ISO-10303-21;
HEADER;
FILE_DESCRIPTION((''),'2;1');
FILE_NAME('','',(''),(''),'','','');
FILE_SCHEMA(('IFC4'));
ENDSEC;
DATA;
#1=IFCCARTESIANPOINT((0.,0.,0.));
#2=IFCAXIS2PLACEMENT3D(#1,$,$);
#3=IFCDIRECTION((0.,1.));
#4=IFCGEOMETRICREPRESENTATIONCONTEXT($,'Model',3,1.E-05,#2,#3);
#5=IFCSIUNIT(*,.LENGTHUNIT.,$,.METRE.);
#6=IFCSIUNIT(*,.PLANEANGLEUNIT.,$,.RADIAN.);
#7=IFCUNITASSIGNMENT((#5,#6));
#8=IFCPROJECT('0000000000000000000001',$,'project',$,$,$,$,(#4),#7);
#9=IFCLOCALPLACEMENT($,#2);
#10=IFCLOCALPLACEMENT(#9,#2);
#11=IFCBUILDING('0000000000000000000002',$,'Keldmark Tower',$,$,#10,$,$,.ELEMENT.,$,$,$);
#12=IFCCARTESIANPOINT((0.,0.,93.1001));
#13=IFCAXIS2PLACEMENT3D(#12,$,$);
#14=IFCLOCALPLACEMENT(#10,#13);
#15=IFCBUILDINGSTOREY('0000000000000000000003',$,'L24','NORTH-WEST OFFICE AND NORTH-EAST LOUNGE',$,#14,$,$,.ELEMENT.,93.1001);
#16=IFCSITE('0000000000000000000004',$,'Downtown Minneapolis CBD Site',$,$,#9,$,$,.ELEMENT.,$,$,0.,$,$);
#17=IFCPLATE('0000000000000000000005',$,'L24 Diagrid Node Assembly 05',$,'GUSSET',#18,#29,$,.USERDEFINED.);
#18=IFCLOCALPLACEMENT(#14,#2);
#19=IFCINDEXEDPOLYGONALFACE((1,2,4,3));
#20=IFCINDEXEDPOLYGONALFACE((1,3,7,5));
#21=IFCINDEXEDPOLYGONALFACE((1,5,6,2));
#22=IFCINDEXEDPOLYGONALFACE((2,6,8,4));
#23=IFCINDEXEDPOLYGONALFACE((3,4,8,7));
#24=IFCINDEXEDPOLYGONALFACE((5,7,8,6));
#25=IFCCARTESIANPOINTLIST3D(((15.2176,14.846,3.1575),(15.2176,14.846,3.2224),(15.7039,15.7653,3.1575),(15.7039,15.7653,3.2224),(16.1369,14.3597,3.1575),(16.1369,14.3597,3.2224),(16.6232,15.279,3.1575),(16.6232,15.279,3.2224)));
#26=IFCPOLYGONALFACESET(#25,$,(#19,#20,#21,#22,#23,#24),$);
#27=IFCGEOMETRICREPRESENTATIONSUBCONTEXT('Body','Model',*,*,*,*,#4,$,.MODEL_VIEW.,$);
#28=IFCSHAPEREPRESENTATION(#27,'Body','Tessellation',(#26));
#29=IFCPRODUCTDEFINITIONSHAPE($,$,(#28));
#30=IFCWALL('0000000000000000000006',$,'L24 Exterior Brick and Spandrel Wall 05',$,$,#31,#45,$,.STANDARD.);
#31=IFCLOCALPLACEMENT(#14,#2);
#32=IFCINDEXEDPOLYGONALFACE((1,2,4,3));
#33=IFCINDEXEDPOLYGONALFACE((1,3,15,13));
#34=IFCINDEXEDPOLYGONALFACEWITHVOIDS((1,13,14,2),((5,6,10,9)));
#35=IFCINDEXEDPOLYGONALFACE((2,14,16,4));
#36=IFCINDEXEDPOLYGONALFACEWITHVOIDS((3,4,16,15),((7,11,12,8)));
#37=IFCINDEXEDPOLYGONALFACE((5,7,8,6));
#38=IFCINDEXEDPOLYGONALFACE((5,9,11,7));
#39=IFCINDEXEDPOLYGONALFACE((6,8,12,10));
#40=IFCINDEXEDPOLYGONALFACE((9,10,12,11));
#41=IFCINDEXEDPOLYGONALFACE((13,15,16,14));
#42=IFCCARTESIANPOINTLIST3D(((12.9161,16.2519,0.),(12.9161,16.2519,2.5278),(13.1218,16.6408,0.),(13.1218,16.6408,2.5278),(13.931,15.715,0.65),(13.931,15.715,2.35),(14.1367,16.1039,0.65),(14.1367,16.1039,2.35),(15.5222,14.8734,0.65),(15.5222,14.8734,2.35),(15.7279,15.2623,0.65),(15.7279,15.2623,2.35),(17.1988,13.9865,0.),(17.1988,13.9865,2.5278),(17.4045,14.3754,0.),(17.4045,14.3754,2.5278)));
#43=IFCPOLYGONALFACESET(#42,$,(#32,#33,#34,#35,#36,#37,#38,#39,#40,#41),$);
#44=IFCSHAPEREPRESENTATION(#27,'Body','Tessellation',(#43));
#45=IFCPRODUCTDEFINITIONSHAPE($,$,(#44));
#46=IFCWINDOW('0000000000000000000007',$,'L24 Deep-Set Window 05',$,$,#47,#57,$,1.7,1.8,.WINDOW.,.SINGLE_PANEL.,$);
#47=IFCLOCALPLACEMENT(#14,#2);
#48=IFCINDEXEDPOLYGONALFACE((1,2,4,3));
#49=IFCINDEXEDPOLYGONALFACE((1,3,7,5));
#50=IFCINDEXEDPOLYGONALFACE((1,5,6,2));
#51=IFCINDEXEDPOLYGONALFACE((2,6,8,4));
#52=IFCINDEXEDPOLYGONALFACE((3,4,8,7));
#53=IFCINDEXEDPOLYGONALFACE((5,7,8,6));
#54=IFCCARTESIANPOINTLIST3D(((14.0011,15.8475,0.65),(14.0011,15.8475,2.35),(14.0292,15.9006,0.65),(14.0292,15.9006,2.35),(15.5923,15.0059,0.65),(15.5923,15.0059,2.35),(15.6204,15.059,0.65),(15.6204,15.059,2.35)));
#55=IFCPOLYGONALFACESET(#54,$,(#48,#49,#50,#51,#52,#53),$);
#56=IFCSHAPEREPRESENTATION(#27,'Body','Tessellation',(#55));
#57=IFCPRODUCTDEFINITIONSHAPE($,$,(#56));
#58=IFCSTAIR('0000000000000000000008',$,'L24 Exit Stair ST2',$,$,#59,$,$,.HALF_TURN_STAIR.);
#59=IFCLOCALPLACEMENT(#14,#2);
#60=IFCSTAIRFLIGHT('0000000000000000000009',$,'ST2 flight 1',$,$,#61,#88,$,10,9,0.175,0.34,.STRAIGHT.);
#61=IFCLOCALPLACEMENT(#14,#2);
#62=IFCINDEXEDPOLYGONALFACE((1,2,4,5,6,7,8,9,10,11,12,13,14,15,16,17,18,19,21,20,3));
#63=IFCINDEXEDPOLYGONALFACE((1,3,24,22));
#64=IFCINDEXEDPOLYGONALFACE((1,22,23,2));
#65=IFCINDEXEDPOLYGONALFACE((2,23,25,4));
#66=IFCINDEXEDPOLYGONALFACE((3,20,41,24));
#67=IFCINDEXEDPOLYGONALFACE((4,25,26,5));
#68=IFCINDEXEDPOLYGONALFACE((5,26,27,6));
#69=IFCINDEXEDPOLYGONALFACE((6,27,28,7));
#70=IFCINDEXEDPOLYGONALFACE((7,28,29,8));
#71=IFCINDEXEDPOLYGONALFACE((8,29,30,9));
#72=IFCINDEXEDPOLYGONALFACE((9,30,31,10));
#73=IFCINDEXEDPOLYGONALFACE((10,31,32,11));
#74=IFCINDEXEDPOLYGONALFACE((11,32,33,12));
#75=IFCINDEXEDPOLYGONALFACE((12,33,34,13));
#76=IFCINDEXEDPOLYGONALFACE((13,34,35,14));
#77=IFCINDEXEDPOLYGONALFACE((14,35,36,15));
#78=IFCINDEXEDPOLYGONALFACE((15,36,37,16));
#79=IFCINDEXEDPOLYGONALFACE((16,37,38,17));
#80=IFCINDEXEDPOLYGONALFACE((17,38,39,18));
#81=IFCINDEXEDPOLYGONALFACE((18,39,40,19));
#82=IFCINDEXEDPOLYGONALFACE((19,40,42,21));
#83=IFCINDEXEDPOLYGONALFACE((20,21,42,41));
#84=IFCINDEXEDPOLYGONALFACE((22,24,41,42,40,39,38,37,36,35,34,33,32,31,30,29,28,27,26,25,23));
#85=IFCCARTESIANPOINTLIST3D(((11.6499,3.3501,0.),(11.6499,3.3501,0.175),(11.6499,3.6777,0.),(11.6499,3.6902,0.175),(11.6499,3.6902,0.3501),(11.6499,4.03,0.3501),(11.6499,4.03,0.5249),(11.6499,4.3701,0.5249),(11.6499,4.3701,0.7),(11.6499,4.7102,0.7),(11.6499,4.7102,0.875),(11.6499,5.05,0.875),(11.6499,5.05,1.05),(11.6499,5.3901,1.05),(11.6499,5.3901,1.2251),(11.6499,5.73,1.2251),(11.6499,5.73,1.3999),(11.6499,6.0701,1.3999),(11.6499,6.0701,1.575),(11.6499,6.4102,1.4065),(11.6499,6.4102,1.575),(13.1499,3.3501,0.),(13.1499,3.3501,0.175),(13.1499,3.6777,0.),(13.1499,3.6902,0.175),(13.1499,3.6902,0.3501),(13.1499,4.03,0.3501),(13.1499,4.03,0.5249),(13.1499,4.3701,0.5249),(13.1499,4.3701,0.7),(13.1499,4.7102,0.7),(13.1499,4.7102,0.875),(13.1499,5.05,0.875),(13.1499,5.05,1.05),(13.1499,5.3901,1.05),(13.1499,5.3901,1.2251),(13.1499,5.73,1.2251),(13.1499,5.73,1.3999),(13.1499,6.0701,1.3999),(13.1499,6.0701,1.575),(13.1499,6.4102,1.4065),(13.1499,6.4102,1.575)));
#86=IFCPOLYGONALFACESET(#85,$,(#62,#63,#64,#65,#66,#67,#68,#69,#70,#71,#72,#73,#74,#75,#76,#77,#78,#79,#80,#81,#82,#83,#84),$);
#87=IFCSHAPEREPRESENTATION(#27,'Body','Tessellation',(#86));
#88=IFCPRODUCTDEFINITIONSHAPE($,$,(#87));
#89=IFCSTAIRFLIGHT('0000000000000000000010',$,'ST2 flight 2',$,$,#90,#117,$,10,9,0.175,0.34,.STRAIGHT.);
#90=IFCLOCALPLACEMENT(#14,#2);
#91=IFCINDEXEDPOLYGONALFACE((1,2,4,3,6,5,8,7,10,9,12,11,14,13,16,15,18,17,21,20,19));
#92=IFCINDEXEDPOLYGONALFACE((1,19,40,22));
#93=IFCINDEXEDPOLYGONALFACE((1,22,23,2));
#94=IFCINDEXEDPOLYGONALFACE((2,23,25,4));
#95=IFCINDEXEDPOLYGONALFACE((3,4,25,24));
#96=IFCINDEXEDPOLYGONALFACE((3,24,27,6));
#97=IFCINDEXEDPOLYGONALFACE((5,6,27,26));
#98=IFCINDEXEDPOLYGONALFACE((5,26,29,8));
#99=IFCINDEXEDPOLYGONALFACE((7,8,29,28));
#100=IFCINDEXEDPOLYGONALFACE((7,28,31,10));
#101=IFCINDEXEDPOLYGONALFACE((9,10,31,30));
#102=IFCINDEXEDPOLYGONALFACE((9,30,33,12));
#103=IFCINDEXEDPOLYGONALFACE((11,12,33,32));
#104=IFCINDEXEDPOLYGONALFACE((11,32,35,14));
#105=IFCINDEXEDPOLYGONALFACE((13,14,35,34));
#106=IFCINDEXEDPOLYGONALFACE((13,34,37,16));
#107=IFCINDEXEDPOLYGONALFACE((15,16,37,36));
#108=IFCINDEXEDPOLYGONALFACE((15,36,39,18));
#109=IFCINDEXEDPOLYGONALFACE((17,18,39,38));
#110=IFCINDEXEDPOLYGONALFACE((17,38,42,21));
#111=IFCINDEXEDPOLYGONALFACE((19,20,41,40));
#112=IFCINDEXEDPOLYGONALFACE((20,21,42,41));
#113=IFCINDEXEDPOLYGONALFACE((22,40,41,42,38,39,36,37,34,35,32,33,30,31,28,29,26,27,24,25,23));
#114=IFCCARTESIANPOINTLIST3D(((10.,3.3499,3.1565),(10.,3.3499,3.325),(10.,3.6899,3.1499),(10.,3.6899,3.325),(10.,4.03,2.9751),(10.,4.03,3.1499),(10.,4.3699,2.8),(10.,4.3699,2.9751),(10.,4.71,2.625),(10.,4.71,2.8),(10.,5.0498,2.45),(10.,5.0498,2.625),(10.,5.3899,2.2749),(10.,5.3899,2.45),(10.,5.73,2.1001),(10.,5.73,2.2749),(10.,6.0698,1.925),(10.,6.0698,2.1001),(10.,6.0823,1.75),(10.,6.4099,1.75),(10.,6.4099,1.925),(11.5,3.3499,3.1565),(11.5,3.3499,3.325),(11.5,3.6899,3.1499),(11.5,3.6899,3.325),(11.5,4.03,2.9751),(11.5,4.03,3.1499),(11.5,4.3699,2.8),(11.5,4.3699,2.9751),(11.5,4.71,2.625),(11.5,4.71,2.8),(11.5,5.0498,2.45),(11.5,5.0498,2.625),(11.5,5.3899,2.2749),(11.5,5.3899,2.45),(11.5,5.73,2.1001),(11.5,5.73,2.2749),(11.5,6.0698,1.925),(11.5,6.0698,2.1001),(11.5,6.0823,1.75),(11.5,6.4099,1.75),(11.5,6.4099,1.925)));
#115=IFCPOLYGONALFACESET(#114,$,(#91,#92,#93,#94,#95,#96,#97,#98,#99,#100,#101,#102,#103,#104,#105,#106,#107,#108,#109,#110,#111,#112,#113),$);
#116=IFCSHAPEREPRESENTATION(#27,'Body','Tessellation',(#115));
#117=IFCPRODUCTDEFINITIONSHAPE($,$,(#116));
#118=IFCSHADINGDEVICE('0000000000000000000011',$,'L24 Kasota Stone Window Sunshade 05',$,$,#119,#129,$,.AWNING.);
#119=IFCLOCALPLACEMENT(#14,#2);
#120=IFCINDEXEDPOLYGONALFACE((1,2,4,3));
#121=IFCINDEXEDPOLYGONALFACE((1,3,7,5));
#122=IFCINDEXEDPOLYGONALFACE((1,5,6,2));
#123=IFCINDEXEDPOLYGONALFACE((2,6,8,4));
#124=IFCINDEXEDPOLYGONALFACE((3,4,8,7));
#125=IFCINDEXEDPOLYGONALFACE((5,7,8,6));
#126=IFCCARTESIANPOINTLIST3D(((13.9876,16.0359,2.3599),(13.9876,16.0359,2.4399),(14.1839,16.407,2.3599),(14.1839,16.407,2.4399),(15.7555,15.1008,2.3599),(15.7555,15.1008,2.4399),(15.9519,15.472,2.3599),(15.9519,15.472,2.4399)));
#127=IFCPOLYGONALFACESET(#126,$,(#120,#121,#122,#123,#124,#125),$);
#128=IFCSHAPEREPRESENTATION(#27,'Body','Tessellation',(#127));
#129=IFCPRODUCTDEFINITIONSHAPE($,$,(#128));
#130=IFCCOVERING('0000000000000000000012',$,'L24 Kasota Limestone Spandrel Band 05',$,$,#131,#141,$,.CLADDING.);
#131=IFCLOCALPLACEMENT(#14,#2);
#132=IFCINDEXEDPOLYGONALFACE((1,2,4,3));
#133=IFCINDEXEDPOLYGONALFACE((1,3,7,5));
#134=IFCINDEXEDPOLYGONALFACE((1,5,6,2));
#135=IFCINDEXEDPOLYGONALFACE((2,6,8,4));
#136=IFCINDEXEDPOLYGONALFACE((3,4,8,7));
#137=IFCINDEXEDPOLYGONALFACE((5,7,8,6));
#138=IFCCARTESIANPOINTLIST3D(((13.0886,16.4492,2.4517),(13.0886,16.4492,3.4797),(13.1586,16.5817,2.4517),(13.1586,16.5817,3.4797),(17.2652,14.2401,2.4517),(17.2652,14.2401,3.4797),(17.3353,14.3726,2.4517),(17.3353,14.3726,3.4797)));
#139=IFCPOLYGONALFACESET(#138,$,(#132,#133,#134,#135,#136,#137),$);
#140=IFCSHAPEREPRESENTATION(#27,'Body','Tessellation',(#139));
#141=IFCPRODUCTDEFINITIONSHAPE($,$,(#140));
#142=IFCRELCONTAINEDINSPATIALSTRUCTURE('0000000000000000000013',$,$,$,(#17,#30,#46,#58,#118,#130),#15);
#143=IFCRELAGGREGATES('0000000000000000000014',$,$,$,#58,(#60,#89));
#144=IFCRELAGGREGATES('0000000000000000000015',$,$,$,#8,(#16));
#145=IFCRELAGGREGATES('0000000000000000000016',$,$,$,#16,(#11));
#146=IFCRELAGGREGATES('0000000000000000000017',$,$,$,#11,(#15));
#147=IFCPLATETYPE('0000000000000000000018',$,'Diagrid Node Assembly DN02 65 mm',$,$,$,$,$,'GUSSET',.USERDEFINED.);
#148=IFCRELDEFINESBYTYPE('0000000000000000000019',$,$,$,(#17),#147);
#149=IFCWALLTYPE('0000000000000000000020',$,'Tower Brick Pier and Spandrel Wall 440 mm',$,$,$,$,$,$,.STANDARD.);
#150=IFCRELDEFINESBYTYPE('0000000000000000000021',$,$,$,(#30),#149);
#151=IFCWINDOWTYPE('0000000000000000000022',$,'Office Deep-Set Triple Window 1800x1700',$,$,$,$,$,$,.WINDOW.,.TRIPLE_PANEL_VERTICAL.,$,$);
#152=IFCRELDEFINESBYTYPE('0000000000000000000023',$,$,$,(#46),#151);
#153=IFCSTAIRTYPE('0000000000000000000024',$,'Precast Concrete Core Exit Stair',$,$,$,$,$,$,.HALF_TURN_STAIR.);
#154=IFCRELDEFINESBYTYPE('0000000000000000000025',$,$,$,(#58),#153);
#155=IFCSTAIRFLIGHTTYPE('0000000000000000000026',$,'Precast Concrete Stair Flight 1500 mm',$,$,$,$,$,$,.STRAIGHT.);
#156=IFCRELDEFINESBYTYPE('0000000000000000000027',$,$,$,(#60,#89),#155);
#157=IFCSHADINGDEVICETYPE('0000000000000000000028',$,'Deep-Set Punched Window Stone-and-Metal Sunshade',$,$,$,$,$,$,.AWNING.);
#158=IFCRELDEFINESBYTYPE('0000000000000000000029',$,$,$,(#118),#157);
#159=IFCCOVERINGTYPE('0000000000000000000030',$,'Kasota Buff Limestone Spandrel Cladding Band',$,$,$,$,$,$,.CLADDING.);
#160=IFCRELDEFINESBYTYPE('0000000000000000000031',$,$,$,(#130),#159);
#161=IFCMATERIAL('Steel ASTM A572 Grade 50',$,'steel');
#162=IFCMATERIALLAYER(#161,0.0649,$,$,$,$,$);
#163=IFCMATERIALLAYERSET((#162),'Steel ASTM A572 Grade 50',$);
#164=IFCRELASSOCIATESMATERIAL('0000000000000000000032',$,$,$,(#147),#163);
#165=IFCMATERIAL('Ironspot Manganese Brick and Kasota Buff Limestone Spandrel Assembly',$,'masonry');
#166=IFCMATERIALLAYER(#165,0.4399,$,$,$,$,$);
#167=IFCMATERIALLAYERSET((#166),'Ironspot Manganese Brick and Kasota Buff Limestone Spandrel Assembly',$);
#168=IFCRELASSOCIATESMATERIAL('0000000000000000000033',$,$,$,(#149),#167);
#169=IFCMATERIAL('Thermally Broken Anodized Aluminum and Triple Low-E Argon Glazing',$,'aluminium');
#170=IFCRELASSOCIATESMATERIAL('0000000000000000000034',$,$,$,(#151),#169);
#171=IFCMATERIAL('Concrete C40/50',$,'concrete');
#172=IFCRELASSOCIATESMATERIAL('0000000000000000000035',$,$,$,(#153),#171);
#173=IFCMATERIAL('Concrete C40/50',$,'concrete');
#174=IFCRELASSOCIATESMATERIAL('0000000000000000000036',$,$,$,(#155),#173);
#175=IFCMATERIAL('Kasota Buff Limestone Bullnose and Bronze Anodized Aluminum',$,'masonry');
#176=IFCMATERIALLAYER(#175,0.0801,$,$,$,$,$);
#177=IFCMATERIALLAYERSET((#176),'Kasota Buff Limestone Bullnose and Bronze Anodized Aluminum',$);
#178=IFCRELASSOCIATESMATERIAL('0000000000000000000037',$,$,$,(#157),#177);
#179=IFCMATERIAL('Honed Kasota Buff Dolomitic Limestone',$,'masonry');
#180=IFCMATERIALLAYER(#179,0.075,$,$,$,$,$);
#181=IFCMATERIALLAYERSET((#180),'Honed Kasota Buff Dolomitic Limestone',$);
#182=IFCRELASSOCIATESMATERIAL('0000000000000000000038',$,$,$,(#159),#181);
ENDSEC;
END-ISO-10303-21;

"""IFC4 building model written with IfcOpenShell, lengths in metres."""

from ifc_helpers import new_model, si_unit, direction, frame, frame_2d, origin, origin_2d, place, context, subcontext, project, spatial, polyline, rectangle, outline, extrude, material, layer, layer_set, type_object, element, fill, aggregate, save


model = new_model("IFC4")

# Units and contexts
model_context = context("Model", 3, precision=1e-05, world=origin(), true_north=direction((0.0, 1.0)))
body_context = subcontext(model_context, "Body", "Model", "MODEL_VIEW")
ifc_project = project(units=[si_unit("LENGTHUNIT", "METRE"), si_unit("PLANEANGLEUNIT", "RADIAN")], contexts=[model_context])

# Site, building, storey
site_placement = place(None, origin())
site = spatial("IfcSite", under=ifc_project, at=site_placement, Name="Downtown Minneapolis CBD Site", CompositionType="ELEMENT", RefElevation=0.0)
building_placement = place(site_placement, origin())
building = spatial("IfcBuilding", under=site, at=building_placement, Name="Keldmark Tower", CompositionType="ELEMENT")
storey_placement = place(building_placement, frame((0.0, 0.0, 93.1001)))
storey = spatial("IfcBuildingStorey", under=building, at=storey_placement, Name="L24", Description="NORTH-WEST OFFICE AND NORTH-EAST LOUNGE", CompositionType="ELEMENT", Elevation=93.1001)

# Plate
ifc_material_1 = material(Name="Steel ASTM A572 Grade 50", Category="steel")
ifc_layer_1 = layer(ifc_material_1, 0.0649)
ifc_layer_set_1 = layer_set([ifc_layer_1], Name="Steel ASTM A572 Grade 50")
plate_type_1 = type_object("IfcPlateType", Name="Diagrid Node Assembly DN02 65 mm", ElementType="GUSSET", PredefinedType="USERDEFINED", material=ifc_layer_set_1)
plate_placement = place(storey_placement, frame((15.9204, 15.0625, 3.1575), z_axis=(0.0, 0.0, 1.0), x_axis=(-0.883929, 0.467621, 0.0)))
element("IfcPlate", 1, at=plate_placement, inside=storey, type_object=plate_type_1, Name="L24 Diagrid Node Assembly 05", ObjectType="GUSSET", PredefinedType="USERDEFINED", context=body_context, shape_type="SweptSolid", body=[
    extrude(rectangle(XDim=1.04, YDim=1.04, at=origin_2d()), origin(), (0.0, 0.0, 1.0), 0.0649),
])

# Wall, opening, window
ifc_material_2 = material(Name="Ironspot Manganese Brick and Kasota Buff Limestone Spandrel Assembly", Category="masonry")
ifc_layer_2 = layer(ifc_material_2, 0.4399)
ifc_layer_set_2 = layer_set([ifc_layer_2], Name="Ironspot Manganese Brick and Kasota Buff Limestone Spandrel Assembly")
wall_type_1 = type_object("IfcWallType", Name="Tower Brick Pier and Spandrel Wall 440 mm", PredefinedType="STANDARD", material=ifc_layer_set_2)
wall_1_placement = place(storey_placement, frame((13.019, 16.4463, 0.0), z_axis=(0.0, 0.0, 1.0), x_axis=(0.883953, -0.467575, 0.0)))
wall_1 = element("IfcWall", 2, at=wall_1_placement, inside=storey, type_object=wall_type_1, Name="L24 Exterior Brick and Spandrel Wall 05", PredefinedType="STANDARD", context=body_context, shape_type="SweptSolid", body=[
    extrude(rectangle(XDim=4.845, YDim=0.4399, at=frame_2d((2.4224, 0.0))), origin(), (0.0, 0.0, 1.0), 2.5278),
])
opening_1_placement = place(wall_1_placement, frame((1.1482, 0.0, 0.6499)))
opening_1 = element("IfcOpeningElement", 3, at=opening_1_placement, cuts=wall_1, PredefinedType="OPENING", context=body_context, shape_type="SweptSolid", body=[
    extrude(rectangle(XDim=1.8, YDim=1.7, at=frame_2d((0.8999, 0.8501))), frame((0.0, 0.23, 0.0), z_axis=(0.0, -1.0, 0.0), x_axis=(1.0, 0.0, 0.0)), (0.0, 0.0, 1.0), 0.46),
])
ifc_material_3 = material(Name="Thermally Broken Anodized Aluminum and Triple Low-E Argon Glazing", Category="aluminium")
window_type = type_object("IfcWindowType", Name="Office Deep-Set Triple Window 1800x1700", PartitioningType="TRIPLE_PANEL_VERTICAL", PredefinedType="WINDOW", material=ifc_material_3)
window_placement = place(opening_1_placement, origin())
window = element("IfcWindow", 4, at=window_placement, inside=storey, type_object=window_type, Name="L24 Deep-Set Window 05", OverallHeight=1.7, OverallWidth=1.8, PartitioningType="SINGLE_PANEL", PredefinedType="WINDOW", context=body_context, shape_type="SweptSolid", body=[
    extrude(rectangle(XDim=1.8, YDim=1.7, at=frame_2d((0.8999, 0.8501))), frame((0.0, -0.01, 0.0), z_axis=(0.0, -1.0, 0.0), x_axis=(1.0, 0.0, 0.0)), (0.0, 0.0, 1.0), 0.0601),
])
fill(opening_1, window)

# Stair, stair flights
ifc_material_4 = material(Name="Concrete C40/50", Category="concrete")
stair_type = type_object("IfcStairType", Name="Precast Concrete Core Exit Stair", PredefinedType="HALF_TURN_STAIR", material=ifc_material_4)
stair_placement = place(storey_placement, origin())
stair = element("IfcStair", 5, at=stair_placement, inside=storey, type_object=stair_type, Name="L24 Exit Stair ST2", PredefinedType="HALF_TURN_STAIR")
ifc_material_5 = material(Name="Concrete C40/50", Category="concrete")
stair_flight_type = type_object("IfcStairFlightType", Name="Precast Concrete Stair Flight 1500 mm", PredefinedType="STRAIGHT", material=ifc_material_5)
stair_flight_1_placement = place(storey_placement, frame((12.3999, 3.3501, 0.0), z_axis=(0.0, 0.0, 1.0), x_axis=(0.0, 1.0, 0.0)))
stair_flight_1 = element("IfcStairFlight", 6, at=stair_flight_1_placement, type_object=stair_flight_type, Name="ST2 flight 1", NumberOfRisers=10, NumberOfTreads=9, PredefinedType="STRAIGHT", RiserHeight=0.175, TreadLength=0.34, context=body_context, shape_type="SweptSolid", body=[
    extrude(outline(polyline([(0.0, 0.0), (0.0, 0.175), (0.3401, 0.175), (0.3401, 0.3501), (0.6799, 0.3501), (0.6799, 0.5249), (1.02, 0.5249), (1.02, 0.7), (1.3601, 0.7), (1.3601, 0.875), (1.7, 0.875), (1.7, 1.05), (2.04, 1.05), (2.04, 1.2251), (2.3799, 1.2251), (2.3799, 1.3999), (2.72, 1.3999), (2.72, 1.575), (3.0601, 1.575), (3.0601, 1.75), (3.0601, 1.4065), (0.3276, 0.0), (0.0, 0.0)])), frame((0.0, 0.75, 0.0), z_axis=(0.0, -1.0, 0.0), x_axis=(1.0, 0.0, 0.0)), (0.0, 0.0, 1.0), 1.5),
])
stair_flight_2_placement = place(storey_placement, frame((10.75, 6.4099, 1.75), z_axis=(0.0, 0.0, 1.0), x_axis=(0.0, -1.0, 0.0)))
stair_flight_2 = element("IfcStairFlight", 7, at=stair_flight_2_placement, type_object=stair_flight_type, Name="ST2 flight 2", NumberOfRisers=10, NumberOfTreads=9, PredefinedType="STRAIGHT", RiserHeight=0.175, TreadLength=0.34, context=body_context, shape_type="SweptSolid", body=[
    extrude(outline(polyline([(0.0, 0.0), (0.0, 0.175), (0.3401, 0.175), (0.3401, 0.3501), (0.6799, 0.3501), (0.6799, 0.5249), (1.02, 0.5249), (1.02, 0.7), (1.3601, 0.7), (1.3601, 0.875), (1.7, 0.875), (1.7, 1.05), (2.04, 1.05), (2.04, 1.2251), (2.3799, 1.2251), (2.3799, 1.3999), (2.72, 1.3999), (2.72, 1.575), (3.0601, 1.575), (3.0601, 1.75), (3.0601, 1.4065), (0.3276, 0.0), (0.0, 0.0)])), frame((0.0, 0.75, 0.0), z_axis=(0.0, -1.0, 0.0), x_axis=(1.0, 0.0, 0.0)), (0.0, 0.0, 1.0), 1.5),
])
aggregate(stair, [stair_flight_1, stair_flight_2])

# Shading device
ifc_material_6 = material(Name="Kasota Buff Limestone Bullnose and Bronze Anodized Aluminum", Category="masonry")
ifc_layer_3 = layer(ifc_material_6, 0.0801)
ifc_layer_set_3 = layer_set([ifc_layer_3], Name="Kasota Buff Limestone Bullnose and Bronze Anodized Aluminum")
shading_device_type = type_object("IfcShadingDeviceType", Name="Deep-Set Punched Window Stone-and-Metal Sunshade", PredefinedType="AWNING", material=ifc_layer_set_3)
shading_device_placement = place(storey_placement, frame((14.9697, 15.7539, 2.3599), z_axis=(0.0, 0.0, 1.0), x_axis=(0.88397, -0.467544, 0.0)))
element("IfcShadingDevice", 8, at=shading_device_placement, inside=storey, type_object=shading_device_type, Name="L24 Kasota Stone Window Sunshade 05", PredefinedType="AWNING", context=body_context, shape_type="SweptSolid", body=[
    extrude(rectangle(XDim=2.0, YDim=0.4199, at=origin_2d()), origin(), (0.0, 0.0, 1.0), 0.0801),
])

# Covering
ifc_material_7 = material(Name="Honed Kasota Buff Dolomitic Limestone", Category="masonry")
ifc_layer_4 = layer(ifc_material_7, 0.075)
ifc_layer_set_4 = layer_set([ifc_layer_4], Name="Honed Kasota Buff Dolomitic Limestone")
covering_type = type_object("IfcCoveringType", Name="Kasota Buff Limestone Spandrel Cladding Band", PredefinedType="CLADDING", material=ifc_layer_set_4)
covering_placement = place(storey_placement, frame((15.2119, 15.4109, 2.4517), z_axis=(0.0, 0.0, 1.0), x_axis=(-0.88397, 0.467544, 0.0)))
element("IfcCovering", 9, at=covering_placement, inside=storey, type_object=covering_type, Name="L24 Kasota Limestone Spandrel Band 05", PredefinedType="CLADDING", context=body_context, shape_type="SweptSolid", body=[
    extrude(rectangle(XDim=4.7249, YDim=0.1499, at=origin_2d()), origin(), (0.0, 0.0, 1.0), 1.0281),
])

save(model, "model.ifc")
